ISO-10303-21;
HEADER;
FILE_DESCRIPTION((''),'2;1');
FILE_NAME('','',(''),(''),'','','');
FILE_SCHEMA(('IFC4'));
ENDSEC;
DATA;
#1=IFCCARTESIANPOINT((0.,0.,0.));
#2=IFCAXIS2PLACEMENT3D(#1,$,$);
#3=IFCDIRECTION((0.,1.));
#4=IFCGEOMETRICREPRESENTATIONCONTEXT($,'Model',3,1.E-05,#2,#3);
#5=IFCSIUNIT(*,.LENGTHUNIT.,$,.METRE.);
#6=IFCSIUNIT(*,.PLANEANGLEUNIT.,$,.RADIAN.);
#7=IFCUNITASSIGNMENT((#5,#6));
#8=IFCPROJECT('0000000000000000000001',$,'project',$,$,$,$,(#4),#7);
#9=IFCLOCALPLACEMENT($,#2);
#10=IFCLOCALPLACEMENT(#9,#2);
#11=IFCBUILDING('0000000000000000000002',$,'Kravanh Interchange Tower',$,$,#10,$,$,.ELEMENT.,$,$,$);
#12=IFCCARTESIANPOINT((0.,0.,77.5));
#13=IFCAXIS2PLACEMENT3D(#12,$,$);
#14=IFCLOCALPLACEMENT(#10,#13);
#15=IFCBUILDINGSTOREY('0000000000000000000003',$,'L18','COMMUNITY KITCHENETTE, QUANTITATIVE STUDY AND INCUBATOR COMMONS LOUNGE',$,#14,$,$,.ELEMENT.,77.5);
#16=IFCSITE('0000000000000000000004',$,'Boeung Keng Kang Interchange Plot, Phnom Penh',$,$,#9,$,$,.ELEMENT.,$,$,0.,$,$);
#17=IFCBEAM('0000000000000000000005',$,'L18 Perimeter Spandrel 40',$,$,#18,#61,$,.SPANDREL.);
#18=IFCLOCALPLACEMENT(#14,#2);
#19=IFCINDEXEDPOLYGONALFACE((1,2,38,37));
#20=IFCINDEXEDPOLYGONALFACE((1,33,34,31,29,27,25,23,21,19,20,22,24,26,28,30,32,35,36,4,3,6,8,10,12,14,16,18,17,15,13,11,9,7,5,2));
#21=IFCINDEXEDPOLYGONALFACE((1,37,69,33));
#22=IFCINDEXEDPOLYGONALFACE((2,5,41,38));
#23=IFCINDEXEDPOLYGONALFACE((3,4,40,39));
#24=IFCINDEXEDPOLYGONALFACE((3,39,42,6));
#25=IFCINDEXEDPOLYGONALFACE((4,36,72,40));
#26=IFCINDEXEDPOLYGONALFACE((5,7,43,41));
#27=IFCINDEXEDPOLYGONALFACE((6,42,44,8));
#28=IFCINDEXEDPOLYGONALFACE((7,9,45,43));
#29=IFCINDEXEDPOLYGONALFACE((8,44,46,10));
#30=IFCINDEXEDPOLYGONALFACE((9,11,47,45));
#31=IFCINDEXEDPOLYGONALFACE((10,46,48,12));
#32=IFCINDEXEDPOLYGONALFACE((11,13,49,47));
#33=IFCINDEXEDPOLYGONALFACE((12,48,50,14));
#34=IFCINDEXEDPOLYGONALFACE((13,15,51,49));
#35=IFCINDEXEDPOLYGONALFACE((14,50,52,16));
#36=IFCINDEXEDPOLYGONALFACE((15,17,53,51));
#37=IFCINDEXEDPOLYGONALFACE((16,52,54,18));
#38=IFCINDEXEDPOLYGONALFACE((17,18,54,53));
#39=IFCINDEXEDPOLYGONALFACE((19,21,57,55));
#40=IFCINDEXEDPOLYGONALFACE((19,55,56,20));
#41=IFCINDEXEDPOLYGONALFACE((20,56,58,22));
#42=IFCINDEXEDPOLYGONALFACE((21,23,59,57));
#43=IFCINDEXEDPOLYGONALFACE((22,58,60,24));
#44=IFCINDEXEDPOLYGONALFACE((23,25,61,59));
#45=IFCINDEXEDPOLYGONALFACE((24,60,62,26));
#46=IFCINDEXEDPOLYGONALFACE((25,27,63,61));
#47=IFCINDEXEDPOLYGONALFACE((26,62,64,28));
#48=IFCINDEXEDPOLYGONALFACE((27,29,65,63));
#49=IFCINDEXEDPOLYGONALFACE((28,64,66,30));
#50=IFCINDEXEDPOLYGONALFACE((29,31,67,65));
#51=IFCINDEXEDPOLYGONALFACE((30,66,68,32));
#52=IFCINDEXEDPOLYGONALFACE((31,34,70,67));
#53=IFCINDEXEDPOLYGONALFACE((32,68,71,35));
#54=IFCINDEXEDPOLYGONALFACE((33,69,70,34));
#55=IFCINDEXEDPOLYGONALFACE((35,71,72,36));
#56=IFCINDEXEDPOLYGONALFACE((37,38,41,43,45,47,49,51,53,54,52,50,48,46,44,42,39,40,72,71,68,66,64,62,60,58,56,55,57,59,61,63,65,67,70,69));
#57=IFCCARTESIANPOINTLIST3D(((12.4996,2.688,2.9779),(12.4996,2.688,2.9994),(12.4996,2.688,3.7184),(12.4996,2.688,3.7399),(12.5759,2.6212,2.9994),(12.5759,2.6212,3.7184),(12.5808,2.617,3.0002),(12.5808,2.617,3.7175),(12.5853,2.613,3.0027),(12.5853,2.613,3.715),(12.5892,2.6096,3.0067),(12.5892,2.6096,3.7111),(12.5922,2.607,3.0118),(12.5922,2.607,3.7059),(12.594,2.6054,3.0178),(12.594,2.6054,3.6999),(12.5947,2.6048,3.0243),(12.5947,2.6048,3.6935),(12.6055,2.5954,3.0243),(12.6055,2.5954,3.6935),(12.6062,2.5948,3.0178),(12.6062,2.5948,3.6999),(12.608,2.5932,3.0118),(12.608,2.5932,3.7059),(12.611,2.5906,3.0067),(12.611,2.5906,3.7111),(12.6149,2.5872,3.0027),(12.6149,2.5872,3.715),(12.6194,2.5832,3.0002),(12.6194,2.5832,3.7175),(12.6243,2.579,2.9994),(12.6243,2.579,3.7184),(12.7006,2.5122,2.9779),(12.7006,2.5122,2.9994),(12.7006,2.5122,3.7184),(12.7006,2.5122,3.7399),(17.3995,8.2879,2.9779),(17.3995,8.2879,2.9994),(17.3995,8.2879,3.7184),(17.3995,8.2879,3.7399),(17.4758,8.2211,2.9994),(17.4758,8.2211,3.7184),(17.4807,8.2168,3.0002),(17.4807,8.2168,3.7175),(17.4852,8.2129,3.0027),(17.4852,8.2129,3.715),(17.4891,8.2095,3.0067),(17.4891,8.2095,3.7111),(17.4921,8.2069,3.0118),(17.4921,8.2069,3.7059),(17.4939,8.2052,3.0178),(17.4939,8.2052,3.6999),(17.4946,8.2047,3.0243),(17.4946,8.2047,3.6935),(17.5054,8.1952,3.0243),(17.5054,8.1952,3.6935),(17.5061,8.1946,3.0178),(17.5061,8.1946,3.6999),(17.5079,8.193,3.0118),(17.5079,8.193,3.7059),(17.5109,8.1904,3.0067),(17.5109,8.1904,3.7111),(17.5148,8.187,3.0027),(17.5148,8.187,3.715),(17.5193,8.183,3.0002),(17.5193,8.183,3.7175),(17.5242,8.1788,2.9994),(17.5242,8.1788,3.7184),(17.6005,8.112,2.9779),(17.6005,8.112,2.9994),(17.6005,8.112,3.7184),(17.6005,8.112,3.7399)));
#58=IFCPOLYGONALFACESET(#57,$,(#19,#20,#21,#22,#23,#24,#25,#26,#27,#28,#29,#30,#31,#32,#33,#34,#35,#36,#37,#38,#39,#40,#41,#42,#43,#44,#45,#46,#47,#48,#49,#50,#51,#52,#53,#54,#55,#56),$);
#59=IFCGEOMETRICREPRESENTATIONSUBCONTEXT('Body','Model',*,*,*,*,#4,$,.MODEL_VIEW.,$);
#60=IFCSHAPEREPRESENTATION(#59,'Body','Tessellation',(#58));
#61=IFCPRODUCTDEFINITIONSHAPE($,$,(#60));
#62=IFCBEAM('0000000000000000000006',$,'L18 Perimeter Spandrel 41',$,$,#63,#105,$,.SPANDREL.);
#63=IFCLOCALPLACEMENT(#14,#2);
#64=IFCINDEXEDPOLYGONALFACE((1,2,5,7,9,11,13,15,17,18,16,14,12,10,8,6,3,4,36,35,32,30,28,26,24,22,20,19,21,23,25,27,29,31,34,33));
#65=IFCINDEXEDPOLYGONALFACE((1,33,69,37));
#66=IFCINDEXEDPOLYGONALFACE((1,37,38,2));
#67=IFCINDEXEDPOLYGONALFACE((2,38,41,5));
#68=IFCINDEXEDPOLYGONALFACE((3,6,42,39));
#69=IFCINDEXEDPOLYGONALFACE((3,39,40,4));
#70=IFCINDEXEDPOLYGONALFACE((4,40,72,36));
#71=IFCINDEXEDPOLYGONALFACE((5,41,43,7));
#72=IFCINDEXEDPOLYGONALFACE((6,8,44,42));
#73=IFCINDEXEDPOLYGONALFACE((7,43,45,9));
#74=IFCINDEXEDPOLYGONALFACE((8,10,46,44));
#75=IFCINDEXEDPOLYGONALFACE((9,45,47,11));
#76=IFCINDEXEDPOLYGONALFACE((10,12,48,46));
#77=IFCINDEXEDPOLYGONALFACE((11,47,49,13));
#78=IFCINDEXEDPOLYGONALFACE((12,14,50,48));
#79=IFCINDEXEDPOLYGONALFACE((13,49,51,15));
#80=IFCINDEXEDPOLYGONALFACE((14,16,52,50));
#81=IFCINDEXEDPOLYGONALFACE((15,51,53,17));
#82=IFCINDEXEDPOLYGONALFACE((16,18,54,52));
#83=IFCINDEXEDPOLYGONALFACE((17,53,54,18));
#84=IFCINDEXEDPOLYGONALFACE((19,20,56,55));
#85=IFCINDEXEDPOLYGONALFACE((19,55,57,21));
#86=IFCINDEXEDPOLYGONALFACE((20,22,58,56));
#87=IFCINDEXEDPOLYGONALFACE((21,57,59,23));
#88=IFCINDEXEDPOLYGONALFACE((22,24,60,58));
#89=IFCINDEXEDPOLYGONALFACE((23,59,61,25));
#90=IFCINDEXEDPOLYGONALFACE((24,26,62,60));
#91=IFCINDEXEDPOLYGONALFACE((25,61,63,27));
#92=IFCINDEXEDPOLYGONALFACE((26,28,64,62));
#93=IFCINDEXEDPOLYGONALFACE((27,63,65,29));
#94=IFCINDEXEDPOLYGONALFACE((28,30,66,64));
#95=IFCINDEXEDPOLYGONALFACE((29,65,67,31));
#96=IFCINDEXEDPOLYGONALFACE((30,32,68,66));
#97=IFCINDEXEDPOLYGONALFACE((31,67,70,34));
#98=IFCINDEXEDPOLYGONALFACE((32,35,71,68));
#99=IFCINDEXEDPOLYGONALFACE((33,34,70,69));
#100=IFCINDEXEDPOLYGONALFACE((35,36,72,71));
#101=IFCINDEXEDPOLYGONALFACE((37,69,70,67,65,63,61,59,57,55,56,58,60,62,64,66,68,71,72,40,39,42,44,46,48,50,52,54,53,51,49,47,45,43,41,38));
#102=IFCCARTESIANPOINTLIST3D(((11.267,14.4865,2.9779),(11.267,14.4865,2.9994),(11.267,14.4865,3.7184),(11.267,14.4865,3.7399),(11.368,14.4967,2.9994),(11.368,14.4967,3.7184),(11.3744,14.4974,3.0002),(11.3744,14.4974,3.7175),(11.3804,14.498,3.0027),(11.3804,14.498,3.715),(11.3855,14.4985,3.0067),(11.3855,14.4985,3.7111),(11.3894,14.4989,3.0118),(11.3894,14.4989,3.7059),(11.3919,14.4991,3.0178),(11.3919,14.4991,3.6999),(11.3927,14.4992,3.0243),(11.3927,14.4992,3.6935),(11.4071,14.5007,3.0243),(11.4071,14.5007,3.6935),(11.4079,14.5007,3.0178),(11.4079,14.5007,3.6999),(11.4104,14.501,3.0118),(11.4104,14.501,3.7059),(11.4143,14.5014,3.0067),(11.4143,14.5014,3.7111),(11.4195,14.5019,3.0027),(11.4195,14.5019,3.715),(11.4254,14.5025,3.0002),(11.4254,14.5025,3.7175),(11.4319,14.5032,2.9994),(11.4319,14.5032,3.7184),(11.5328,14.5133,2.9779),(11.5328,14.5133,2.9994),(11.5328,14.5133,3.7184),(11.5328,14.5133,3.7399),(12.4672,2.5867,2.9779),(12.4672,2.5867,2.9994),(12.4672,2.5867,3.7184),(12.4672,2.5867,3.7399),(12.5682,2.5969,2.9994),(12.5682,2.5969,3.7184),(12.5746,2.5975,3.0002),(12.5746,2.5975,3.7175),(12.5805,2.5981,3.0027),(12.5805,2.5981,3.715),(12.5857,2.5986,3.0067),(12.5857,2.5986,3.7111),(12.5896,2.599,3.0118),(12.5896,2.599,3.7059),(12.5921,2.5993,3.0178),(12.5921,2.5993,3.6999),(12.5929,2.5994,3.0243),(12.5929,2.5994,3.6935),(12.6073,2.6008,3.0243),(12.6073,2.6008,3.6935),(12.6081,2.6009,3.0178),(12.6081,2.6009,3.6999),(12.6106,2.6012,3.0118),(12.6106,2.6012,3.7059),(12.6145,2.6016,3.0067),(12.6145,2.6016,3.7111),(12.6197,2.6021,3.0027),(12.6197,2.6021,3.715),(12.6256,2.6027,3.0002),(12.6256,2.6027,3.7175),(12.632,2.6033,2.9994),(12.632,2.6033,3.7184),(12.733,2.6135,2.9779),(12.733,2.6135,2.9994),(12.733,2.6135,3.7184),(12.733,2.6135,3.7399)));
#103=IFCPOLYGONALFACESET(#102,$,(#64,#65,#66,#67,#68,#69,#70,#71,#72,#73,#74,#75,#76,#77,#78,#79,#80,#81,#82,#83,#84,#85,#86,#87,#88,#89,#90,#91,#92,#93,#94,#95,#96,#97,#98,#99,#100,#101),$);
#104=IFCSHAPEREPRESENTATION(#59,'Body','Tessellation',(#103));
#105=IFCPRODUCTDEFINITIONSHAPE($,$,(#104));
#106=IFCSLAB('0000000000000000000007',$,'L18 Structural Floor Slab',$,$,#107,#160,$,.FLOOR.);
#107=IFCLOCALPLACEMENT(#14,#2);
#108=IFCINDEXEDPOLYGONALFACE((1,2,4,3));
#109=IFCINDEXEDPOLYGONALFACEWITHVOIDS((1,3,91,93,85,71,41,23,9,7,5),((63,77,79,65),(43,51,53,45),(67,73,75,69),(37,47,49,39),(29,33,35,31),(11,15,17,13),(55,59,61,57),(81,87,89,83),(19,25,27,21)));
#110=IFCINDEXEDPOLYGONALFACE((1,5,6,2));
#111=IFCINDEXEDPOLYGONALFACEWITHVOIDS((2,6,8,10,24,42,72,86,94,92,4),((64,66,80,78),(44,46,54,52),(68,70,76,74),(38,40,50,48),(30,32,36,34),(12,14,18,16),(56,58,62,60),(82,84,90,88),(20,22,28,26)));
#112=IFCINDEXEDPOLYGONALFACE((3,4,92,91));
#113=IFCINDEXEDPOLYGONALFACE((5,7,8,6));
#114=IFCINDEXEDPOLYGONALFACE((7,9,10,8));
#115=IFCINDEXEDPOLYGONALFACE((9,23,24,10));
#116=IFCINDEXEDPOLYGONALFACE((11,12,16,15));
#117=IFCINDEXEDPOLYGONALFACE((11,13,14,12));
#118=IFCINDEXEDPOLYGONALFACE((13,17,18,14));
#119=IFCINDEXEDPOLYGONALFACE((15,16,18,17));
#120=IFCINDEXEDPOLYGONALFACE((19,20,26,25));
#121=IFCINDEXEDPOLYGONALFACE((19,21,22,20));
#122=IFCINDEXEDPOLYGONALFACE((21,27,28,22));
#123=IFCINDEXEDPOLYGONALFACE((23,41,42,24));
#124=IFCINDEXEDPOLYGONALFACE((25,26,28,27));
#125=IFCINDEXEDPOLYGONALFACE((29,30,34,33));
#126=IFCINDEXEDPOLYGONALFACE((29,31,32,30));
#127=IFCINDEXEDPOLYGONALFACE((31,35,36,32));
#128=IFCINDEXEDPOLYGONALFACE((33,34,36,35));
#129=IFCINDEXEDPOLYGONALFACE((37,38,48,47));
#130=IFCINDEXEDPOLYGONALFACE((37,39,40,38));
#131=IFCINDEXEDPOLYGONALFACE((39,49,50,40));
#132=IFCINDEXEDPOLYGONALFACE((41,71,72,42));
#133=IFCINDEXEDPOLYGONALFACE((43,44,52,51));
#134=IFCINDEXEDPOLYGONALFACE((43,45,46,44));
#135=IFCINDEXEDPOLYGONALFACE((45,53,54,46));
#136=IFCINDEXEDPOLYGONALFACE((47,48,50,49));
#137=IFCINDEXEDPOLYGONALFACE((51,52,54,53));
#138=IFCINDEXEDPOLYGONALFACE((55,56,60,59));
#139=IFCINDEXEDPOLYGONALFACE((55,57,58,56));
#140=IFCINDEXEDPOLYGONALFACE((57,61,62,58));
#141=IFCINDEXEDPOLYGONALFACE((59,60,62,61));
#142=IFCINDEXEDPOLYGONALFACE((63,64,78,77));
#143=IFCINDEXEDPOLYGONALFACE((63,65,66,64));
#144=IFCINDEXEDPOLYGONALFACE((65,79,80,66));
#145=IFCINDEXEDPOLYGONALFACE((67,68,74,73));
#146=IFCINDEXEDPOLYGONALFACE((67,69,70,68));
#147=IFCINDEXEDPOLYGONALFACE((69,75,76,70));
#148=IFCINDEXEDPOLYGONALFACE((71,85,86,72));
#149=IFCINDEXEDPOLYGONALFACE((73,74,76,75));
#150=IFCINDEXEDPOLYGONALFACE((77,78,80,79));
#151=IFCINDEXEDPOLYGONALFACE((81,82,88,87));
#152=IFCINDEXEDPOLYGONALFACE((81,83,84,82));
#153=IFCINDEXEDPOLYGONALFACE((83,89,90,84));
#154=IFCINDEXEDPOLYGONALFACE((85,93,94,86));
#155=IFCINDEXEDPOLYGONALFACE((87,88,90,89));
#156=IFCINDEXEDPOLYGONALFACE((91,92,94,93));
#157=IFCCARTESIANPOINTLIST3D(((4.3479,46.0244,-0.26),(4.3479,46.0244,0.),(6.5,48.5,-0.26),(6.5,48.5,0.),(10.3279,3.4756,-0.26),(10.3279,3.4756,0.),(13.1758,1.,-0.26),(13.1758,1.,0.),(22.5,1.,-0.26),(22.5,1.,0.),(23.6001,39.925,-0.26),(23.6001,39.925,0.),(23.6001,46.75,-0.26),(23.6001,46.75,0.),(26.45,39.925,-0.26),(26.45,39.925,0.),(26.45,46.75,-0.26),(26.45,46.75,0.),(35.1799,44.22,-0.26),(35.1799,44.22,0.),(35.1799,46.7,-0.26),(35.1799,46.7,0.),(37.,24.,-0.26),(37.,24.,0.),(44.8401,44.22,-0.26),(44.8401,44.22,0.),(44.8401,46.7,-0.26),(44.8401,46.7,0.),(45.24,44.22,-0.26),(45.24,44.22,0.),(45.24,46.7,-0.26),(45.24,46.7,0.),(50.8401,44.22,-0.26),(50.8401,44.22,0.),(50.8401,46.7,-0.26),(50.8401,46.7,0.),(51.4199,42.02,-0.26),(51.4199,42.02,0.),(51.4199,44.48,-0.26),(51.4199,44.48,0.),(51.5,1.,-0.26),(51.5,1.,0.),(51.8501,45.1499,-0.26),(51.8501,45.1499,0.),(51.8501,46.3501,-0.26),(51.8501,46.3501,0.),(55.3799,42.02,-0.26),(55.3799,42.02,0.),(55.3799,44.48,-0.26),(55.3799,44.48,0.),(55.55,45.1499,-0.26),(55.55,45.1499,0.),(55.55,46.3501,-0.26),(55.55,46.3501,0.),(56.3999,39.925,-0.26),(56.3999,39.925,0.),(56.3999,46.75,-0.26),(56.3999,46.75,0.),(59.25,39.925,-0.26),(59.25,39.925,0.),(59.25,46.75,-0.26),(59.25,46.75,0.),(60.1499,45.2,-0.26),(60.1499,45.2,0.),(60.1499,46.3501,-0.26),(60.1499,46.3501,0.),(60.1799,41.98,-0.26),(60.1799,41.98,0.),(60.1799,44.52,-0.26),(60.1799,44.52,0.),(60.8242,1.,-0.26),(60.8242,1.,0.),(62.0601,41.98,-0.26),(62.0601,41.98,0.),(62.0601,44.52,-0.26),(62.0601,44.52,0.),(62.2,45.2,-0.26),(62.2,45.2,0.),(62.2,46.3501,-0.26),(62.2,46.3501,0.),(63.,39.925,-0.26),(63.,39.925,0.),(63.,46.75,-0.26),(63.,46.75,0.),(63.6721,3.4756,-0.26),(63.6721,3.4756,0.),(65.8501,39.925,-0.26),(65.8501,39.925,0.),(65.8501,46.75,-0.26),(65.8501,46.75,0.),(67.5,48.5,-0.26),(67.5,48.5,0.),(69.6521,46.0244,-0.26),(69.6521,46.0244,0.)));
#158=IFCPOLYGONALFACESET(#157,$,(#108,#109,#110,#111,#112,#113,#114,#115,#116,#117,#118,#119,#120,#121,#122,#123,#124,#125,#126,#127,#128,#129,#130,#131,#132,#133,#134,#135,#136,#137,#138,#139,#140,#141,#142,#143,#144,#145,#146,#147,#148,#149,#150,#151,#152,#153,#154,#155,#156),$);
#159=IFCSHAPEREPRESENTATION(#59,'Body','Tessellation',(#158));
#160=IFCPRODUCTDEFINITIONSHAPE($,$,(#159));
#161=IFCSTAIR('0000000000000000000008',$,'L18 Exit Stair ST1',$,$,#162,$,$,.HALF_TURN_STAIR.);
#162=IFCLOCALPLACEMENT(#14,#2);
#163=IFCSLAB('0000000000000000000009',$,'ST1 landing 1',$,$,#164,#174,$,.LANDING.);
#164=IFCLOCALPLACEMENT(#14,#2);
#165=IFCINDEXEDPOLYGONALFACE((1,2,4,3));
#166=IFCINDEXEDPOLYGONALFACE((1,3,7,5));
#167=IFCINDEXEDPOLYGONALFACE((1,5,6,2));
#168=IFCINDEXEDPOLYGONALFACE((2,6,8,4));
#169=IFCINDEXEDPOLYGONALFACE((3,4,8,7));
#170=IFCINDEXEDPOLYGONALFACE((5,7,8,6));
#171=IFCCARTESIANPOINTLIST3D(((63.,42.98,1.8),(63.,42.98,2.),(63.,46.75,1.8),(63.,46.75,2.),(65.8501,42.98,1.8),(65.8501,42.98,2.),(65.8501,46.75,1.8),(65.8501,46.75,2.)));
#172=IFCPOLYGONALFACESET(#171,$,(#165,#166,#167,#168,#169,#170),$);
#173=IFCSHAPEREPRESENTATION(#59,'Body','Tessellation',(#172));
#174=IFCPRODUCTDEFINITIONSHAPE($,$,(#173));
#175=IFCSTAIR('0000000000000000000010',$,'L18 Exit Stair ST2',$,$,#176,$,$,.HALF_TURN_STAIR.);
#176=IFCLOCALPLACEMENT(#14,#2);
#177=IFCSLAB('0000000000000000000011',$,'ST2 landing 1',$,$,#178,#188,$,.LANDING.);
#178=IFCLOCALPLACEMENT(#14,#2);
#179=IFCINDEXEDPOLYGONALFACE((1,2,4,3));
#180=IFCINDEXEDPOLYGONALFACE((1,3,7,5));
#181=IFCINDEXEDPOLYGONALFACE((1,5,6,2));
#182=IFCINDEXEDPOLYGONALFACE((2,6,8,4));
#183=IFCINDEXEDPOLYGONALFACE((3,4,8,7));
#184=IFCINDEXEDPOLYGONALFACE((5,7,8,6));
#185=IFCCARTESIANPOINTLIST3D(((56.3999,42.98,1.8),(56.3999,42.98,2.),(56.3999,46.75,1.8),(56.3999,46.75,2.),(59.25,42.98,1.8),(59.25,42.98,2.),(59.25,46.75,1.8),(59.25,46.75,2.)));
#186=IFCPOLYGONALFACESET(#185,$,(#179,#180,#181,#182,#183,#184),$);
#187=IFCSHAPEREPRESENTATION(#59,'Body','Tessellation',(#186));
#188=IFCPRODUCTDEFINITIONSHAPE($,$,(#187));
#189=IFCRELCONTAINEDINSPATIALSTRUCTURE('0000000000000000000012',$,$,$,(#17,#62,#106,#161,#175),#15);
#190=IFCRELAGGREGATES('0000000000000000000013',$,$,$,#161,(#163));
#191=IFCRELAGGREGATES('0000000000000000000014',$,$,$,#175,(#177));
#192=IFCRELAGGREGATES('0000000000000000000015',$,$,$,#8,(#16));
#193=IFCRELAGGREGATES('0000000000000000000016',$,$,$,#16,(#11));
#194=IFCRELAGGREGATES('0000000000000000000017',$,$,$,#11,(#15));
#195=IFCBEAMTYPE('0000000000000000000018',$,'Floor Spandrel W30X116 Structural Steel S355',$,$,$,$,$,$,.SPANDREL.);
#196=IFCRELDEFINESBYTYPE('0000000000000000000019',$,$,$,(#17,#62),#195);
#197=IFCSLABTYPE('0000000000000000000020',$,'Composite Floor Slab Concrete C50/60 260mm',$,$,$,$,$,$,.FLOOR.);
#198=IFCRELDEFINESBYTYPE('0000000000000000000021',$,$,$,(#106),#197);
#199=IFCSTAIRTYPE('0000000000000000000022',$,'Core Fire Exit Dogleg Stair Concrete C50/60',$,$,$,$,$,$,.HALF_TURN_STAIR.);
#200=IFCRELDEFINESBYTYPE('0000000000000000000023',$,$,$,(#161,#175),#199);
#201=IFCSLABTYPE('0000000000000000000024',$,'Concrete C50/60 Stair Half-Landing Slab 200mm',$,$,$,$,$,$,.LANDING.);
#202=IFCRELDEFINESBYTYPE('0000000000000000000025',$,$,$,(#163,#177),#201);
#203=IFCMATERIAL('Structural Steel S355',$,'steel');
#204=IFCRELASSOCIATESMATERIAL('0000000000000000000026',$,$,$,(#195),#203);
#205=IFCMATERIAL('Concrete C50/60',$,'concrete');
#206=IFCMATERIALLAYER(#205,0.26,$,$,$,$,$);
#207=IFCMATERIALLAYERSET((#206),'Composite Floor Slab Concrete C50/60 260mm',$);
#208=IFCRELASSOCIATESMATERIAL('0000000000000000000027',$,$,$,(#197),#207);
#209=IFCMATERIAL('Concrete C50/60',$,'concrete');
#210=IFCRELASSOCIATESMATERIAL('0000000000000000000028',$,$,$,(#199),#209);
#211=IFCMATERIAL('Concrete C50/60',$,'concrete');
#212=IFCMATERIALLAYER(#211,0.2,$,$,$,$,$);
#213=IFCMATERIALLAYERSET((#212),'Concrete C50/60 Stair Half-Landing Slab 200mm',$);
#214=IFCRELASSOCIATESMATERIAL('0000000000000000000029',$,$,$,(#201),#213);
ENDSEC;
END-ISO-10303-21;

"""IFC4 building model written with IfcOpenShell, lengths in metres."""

from ifc_helpers import new_model, si_unit, direction, frame, origin, origin_2d, place, context, subcontext, project, spatial, polyline, i_section, outline, extrude, material, layer, layer_set, material_profile, profile_set, type_object, element, aggregate, save


model = new_model("IFC4")

# Units and contexts
model_context = context("Model", 3, precision=1e-05, world=origin(), true_north=direction((0.0, 1.0)))
body_context = subcontext(model_context, "Body", "Model", "MODEL_VIEW")
ifc_project = project(units=[si_unit("LENGTHUNIT", "METRE"), si_unit("PLANEANGLEUNIT", "RADIAN")], contexts=[model_context])

# Site, building, storey
site_placement = place(None, origin())
site = spatial("IfcSite", under=ifc_project, at=site_placement, Name="Boeung Keng Kang Interchange Plot, Phnom Penh", CompositionType="ELEMENT", RefElevation=0.0)
building_placement = place(site_placement, origin())
building = spatial("IfcBuilding", under=site, at=building_placement, Name="Kravanh Interchange Tower", CompositionType="ELEMENT")
storey_placement = place(building_placement, frame((0.0, 0.0, 77.5)))
storey = spatial("IfcBuildingStorey", under=building, at=storey_placement, Name="L18", Description="COMMUNITY KITCHENETTE, QUANTITATIVE STUDY AND INCUBATOR COMMONS LOUNGE", CompositionType="ELEMENT", Elevation=77.5)

# Beams
ifc_material_1 = material(Name="Structural Steel S355", Category="steel")
ifc_material_profile_1 = material_profile(ifc_material_1, i_section(OverallWidth=0.2671, OverallDepth=0.762, WebThickness=0.0144, FlangeThickness=0.0215, FilletRadius=0.0249, at=origin_2d()), Name="W30X116")
ifc_profile_set_1 = profile_set([ifc_material_profile_1], Name="Structural Steel S355")
beam_type_1 = type_object("IfcBeamType", Name="Floor Spandrel W30X116 Structural Steel S355", PredefinedType="SPANDREL", material=ifc_profile_set_1)
beam_1_placement = place(storey_placement, frame((12.6001, 2.6001, 3.3589), z_axis=(0.658507, 0.752575, 0.0), x_axis=(-0.752575, 0.658507, 0.0)))
element("IfcBeam", 1, at=beam_1_placement, inside=storey, type_object=beam_type_1, Name="L18 Perimeter Spandrel 40", PredefinedType="SPANDREL", context=body_context, shape_type="SweptSolid", body=[
    extrude(i_section(OverallWidth=0.2671, OverallDepth=0.762, WebThickness=0.0144, FlangeThickness=0.0215, FilletRadius=0.0249, at=origin_2d()), origin(), (0.0, 0.0, 1.0), 7.4409),
])
beam_2_placement = place(storey_placement, frame((12.6001, 2.6001, 3.3589), z_axis=(-0.100348, 0.994952, 0.0), x_axis=(-0.994952, -0.100348, 0.0)))
element("IfcBeam", 2, at=beam_2_placement, inside=storey, type_object=beam_type_1, Name="L18 Perimeter Spandrel 41", PredefinedType="SPANDREL", context=body_context, shape_type="SweptSolid", body=[
    extrude(i_section(OverallWidth=0.2671, OverallDepth=0.762, WebThickness=0.0144, FlangeThickness=0.0215, FilletRadius=0.0249, at=origin_2d()), origin(), (0.0, 0.0, 1.0), 11.9602),
])

# Slab
ifc_material_2 = material(Name="Concrete C50/60", Category="concrete")
ifc_layer_1 = layer(ifc_material_2, 0.26)
ifc_layer_set_1 = layer_set([ifc_layer_1], Name="Composite Floor Slab Concrete C50/60 260mm")
slab_type_1 = type_object("IfcSlabType", Name="Composite Floor Slab Concrete C50/60 260mm", PredefinedType="FLOOR", material=ifc_layer_set_1)
slab_1_placement = place(storey_placement, frame((0.0, 0.0, -0.26)))
element("IfcSlab", 3, at=slab_1_placement, inside=storey, type_object=slab_type_1, Name="L18 Structural Floor Slab", PredefinedType="FLOOR", context=body_context, shape_type="SweptSolid", body=[
    extrude(outline(polyline([(10.3279, 3.4756), (13.1758, 1.0), (22.5, 1.0), (37.0, 24.0), (51.5, 1.0), (60.8242, 1.0), (63.6721, 3.4756), (69.6521, 46.0244), (67.5, 48.5), (6.5, 48.5), (4.3479, 46.0244), (10.3279, 3.4756)]), holes=[polyline([(65.8501, 39.925), (65.8501, 46.75), (63.0, 46.75), (63.0, 39.925), (65.8501, 39.925)]), polyline([(59.25, 39.925), (59.25, 46.75), (56.3999, 46.75), (56.3999, 39.925), (59.25, 39.925)]), polyline([(26.45, 39.925), (26.45, 46.75), (23.6001, 46.75), (23.6001, 39.925), (26.45, 39.925)]), polyline([(35.1799, 44.22), (44.8401, 44.22), (44.8401, 46.7), (35.1799, 46.7), (35.1799, 44.22)]), polyline([(45.24, 44.22), (50.8401, 44.22), (50.8401, 46.7), (45.24, 46.7), (45.24, 44.22)]), polyline([(51.4199, 42.02), (55.3799, 42.02), (55.3799, 44.48), (51.4199, 44.48), (51.4199, 42.02)]), polyline([(60.1799, 41.98), (62.0601, 41.98), (62.0601, 44.52), (60.1799, 44.52), (60.1799, 41.98)]), polyline([(60.1499, 45.2), (62.2, 45.2), (62.2, 46.3501), (60.1499, 46.3501), (60.1499, 45.2)]), polyline([(51.8501, 45.1499), (55.55, 45.1499), (55.55, 46.3501), (51.8501, 46.3501), (51.8501, 45.1499)])]), origin(), (0.0, 0.0, 1.0), 0.26),
])

# Stairs, slabs
ifc_material_3 = material(Name="Concrete C50/60", Category="concrete")
stair_type = type_object("IfcStairType", Name="Core Fire Exit Dogleg Stair Concrete C50/60", PredefinedType="HALF_TURN_STAIR", material=ifc_material_3)
stair_1_placement = place(storey_placement, origin())
stair_1 = element("IfcStair", 4, at=stair_1_placement, inside=storey, type_object=stair_type, Name="L18 Exit Stair ST1", PredefinedType="HALF_TURN_STAIR")
ifc_material_4 = material(Name="Concrete C50/60", Category="concrete")
ifc_layer_2 = layer(ifc_material_4, 0.2)
ifc_layer_set_2 = layer_set([ifc_layer_2], Name="Concrete C50/60 Stair Half-Landing Slab 200mm")
slab_type_2 = type_object("IfcSlabType", Name="Concrete C50/60 Stair Half-Landing Slab 200mm", PredefinedType="LANDING", material=ifc_layer_set_2)
slab_2_placement = place(storey_placement, frame((0.0, 0.0, 1.8)))
slab_2 = element("IfcSlab", 5, at=slab_2_placement, type_object=slab_type_2, Name="ST1 landing 1", PredefinedType="LANDING", context=body_context, shape_type="SweptSolid", body=[
    extrude(outline(polyline([(65.8501, 42.98), (65.8501, 46.75), (63.0, 46.75), (63.0, 42.98), (65.8501, 42.98)])), origin(), (0.0, 0.0, 1.0), 0.2),
])
aggregate(stair_1, [slab_2])
stair_2_placement = place(storey_placement, origin())
stair_2 = element("IfcStair", 6, at=stair_2_placement, inside=storey, type_object=stair_type, Name="L18 Exit Stair ST2", PredefinedType="HALF_TURN_STAIR")
slab_3_placement = place(storey_placement, frame((0.0, 0.0, 1.8)))
slab_3 = element("IfcSlab", 7, at=slab_3_placement, type_object=slab_type_2, Name="ST2 landing 1", PredefinedType="LANDING", context=body_context, shape_type="SweptSolid", body=[
    extrude(outline(polyline([(59.25, 42.98), (59.25, 46.75), (56.3999, 46.75), (56.3999, 42.98), (59.25, 42.98)])), origin(), (0.0, 0.0, 1.0), 0.2),
])
aggregate(stair_2, [slab_3])

save(model, "model.ifc")
